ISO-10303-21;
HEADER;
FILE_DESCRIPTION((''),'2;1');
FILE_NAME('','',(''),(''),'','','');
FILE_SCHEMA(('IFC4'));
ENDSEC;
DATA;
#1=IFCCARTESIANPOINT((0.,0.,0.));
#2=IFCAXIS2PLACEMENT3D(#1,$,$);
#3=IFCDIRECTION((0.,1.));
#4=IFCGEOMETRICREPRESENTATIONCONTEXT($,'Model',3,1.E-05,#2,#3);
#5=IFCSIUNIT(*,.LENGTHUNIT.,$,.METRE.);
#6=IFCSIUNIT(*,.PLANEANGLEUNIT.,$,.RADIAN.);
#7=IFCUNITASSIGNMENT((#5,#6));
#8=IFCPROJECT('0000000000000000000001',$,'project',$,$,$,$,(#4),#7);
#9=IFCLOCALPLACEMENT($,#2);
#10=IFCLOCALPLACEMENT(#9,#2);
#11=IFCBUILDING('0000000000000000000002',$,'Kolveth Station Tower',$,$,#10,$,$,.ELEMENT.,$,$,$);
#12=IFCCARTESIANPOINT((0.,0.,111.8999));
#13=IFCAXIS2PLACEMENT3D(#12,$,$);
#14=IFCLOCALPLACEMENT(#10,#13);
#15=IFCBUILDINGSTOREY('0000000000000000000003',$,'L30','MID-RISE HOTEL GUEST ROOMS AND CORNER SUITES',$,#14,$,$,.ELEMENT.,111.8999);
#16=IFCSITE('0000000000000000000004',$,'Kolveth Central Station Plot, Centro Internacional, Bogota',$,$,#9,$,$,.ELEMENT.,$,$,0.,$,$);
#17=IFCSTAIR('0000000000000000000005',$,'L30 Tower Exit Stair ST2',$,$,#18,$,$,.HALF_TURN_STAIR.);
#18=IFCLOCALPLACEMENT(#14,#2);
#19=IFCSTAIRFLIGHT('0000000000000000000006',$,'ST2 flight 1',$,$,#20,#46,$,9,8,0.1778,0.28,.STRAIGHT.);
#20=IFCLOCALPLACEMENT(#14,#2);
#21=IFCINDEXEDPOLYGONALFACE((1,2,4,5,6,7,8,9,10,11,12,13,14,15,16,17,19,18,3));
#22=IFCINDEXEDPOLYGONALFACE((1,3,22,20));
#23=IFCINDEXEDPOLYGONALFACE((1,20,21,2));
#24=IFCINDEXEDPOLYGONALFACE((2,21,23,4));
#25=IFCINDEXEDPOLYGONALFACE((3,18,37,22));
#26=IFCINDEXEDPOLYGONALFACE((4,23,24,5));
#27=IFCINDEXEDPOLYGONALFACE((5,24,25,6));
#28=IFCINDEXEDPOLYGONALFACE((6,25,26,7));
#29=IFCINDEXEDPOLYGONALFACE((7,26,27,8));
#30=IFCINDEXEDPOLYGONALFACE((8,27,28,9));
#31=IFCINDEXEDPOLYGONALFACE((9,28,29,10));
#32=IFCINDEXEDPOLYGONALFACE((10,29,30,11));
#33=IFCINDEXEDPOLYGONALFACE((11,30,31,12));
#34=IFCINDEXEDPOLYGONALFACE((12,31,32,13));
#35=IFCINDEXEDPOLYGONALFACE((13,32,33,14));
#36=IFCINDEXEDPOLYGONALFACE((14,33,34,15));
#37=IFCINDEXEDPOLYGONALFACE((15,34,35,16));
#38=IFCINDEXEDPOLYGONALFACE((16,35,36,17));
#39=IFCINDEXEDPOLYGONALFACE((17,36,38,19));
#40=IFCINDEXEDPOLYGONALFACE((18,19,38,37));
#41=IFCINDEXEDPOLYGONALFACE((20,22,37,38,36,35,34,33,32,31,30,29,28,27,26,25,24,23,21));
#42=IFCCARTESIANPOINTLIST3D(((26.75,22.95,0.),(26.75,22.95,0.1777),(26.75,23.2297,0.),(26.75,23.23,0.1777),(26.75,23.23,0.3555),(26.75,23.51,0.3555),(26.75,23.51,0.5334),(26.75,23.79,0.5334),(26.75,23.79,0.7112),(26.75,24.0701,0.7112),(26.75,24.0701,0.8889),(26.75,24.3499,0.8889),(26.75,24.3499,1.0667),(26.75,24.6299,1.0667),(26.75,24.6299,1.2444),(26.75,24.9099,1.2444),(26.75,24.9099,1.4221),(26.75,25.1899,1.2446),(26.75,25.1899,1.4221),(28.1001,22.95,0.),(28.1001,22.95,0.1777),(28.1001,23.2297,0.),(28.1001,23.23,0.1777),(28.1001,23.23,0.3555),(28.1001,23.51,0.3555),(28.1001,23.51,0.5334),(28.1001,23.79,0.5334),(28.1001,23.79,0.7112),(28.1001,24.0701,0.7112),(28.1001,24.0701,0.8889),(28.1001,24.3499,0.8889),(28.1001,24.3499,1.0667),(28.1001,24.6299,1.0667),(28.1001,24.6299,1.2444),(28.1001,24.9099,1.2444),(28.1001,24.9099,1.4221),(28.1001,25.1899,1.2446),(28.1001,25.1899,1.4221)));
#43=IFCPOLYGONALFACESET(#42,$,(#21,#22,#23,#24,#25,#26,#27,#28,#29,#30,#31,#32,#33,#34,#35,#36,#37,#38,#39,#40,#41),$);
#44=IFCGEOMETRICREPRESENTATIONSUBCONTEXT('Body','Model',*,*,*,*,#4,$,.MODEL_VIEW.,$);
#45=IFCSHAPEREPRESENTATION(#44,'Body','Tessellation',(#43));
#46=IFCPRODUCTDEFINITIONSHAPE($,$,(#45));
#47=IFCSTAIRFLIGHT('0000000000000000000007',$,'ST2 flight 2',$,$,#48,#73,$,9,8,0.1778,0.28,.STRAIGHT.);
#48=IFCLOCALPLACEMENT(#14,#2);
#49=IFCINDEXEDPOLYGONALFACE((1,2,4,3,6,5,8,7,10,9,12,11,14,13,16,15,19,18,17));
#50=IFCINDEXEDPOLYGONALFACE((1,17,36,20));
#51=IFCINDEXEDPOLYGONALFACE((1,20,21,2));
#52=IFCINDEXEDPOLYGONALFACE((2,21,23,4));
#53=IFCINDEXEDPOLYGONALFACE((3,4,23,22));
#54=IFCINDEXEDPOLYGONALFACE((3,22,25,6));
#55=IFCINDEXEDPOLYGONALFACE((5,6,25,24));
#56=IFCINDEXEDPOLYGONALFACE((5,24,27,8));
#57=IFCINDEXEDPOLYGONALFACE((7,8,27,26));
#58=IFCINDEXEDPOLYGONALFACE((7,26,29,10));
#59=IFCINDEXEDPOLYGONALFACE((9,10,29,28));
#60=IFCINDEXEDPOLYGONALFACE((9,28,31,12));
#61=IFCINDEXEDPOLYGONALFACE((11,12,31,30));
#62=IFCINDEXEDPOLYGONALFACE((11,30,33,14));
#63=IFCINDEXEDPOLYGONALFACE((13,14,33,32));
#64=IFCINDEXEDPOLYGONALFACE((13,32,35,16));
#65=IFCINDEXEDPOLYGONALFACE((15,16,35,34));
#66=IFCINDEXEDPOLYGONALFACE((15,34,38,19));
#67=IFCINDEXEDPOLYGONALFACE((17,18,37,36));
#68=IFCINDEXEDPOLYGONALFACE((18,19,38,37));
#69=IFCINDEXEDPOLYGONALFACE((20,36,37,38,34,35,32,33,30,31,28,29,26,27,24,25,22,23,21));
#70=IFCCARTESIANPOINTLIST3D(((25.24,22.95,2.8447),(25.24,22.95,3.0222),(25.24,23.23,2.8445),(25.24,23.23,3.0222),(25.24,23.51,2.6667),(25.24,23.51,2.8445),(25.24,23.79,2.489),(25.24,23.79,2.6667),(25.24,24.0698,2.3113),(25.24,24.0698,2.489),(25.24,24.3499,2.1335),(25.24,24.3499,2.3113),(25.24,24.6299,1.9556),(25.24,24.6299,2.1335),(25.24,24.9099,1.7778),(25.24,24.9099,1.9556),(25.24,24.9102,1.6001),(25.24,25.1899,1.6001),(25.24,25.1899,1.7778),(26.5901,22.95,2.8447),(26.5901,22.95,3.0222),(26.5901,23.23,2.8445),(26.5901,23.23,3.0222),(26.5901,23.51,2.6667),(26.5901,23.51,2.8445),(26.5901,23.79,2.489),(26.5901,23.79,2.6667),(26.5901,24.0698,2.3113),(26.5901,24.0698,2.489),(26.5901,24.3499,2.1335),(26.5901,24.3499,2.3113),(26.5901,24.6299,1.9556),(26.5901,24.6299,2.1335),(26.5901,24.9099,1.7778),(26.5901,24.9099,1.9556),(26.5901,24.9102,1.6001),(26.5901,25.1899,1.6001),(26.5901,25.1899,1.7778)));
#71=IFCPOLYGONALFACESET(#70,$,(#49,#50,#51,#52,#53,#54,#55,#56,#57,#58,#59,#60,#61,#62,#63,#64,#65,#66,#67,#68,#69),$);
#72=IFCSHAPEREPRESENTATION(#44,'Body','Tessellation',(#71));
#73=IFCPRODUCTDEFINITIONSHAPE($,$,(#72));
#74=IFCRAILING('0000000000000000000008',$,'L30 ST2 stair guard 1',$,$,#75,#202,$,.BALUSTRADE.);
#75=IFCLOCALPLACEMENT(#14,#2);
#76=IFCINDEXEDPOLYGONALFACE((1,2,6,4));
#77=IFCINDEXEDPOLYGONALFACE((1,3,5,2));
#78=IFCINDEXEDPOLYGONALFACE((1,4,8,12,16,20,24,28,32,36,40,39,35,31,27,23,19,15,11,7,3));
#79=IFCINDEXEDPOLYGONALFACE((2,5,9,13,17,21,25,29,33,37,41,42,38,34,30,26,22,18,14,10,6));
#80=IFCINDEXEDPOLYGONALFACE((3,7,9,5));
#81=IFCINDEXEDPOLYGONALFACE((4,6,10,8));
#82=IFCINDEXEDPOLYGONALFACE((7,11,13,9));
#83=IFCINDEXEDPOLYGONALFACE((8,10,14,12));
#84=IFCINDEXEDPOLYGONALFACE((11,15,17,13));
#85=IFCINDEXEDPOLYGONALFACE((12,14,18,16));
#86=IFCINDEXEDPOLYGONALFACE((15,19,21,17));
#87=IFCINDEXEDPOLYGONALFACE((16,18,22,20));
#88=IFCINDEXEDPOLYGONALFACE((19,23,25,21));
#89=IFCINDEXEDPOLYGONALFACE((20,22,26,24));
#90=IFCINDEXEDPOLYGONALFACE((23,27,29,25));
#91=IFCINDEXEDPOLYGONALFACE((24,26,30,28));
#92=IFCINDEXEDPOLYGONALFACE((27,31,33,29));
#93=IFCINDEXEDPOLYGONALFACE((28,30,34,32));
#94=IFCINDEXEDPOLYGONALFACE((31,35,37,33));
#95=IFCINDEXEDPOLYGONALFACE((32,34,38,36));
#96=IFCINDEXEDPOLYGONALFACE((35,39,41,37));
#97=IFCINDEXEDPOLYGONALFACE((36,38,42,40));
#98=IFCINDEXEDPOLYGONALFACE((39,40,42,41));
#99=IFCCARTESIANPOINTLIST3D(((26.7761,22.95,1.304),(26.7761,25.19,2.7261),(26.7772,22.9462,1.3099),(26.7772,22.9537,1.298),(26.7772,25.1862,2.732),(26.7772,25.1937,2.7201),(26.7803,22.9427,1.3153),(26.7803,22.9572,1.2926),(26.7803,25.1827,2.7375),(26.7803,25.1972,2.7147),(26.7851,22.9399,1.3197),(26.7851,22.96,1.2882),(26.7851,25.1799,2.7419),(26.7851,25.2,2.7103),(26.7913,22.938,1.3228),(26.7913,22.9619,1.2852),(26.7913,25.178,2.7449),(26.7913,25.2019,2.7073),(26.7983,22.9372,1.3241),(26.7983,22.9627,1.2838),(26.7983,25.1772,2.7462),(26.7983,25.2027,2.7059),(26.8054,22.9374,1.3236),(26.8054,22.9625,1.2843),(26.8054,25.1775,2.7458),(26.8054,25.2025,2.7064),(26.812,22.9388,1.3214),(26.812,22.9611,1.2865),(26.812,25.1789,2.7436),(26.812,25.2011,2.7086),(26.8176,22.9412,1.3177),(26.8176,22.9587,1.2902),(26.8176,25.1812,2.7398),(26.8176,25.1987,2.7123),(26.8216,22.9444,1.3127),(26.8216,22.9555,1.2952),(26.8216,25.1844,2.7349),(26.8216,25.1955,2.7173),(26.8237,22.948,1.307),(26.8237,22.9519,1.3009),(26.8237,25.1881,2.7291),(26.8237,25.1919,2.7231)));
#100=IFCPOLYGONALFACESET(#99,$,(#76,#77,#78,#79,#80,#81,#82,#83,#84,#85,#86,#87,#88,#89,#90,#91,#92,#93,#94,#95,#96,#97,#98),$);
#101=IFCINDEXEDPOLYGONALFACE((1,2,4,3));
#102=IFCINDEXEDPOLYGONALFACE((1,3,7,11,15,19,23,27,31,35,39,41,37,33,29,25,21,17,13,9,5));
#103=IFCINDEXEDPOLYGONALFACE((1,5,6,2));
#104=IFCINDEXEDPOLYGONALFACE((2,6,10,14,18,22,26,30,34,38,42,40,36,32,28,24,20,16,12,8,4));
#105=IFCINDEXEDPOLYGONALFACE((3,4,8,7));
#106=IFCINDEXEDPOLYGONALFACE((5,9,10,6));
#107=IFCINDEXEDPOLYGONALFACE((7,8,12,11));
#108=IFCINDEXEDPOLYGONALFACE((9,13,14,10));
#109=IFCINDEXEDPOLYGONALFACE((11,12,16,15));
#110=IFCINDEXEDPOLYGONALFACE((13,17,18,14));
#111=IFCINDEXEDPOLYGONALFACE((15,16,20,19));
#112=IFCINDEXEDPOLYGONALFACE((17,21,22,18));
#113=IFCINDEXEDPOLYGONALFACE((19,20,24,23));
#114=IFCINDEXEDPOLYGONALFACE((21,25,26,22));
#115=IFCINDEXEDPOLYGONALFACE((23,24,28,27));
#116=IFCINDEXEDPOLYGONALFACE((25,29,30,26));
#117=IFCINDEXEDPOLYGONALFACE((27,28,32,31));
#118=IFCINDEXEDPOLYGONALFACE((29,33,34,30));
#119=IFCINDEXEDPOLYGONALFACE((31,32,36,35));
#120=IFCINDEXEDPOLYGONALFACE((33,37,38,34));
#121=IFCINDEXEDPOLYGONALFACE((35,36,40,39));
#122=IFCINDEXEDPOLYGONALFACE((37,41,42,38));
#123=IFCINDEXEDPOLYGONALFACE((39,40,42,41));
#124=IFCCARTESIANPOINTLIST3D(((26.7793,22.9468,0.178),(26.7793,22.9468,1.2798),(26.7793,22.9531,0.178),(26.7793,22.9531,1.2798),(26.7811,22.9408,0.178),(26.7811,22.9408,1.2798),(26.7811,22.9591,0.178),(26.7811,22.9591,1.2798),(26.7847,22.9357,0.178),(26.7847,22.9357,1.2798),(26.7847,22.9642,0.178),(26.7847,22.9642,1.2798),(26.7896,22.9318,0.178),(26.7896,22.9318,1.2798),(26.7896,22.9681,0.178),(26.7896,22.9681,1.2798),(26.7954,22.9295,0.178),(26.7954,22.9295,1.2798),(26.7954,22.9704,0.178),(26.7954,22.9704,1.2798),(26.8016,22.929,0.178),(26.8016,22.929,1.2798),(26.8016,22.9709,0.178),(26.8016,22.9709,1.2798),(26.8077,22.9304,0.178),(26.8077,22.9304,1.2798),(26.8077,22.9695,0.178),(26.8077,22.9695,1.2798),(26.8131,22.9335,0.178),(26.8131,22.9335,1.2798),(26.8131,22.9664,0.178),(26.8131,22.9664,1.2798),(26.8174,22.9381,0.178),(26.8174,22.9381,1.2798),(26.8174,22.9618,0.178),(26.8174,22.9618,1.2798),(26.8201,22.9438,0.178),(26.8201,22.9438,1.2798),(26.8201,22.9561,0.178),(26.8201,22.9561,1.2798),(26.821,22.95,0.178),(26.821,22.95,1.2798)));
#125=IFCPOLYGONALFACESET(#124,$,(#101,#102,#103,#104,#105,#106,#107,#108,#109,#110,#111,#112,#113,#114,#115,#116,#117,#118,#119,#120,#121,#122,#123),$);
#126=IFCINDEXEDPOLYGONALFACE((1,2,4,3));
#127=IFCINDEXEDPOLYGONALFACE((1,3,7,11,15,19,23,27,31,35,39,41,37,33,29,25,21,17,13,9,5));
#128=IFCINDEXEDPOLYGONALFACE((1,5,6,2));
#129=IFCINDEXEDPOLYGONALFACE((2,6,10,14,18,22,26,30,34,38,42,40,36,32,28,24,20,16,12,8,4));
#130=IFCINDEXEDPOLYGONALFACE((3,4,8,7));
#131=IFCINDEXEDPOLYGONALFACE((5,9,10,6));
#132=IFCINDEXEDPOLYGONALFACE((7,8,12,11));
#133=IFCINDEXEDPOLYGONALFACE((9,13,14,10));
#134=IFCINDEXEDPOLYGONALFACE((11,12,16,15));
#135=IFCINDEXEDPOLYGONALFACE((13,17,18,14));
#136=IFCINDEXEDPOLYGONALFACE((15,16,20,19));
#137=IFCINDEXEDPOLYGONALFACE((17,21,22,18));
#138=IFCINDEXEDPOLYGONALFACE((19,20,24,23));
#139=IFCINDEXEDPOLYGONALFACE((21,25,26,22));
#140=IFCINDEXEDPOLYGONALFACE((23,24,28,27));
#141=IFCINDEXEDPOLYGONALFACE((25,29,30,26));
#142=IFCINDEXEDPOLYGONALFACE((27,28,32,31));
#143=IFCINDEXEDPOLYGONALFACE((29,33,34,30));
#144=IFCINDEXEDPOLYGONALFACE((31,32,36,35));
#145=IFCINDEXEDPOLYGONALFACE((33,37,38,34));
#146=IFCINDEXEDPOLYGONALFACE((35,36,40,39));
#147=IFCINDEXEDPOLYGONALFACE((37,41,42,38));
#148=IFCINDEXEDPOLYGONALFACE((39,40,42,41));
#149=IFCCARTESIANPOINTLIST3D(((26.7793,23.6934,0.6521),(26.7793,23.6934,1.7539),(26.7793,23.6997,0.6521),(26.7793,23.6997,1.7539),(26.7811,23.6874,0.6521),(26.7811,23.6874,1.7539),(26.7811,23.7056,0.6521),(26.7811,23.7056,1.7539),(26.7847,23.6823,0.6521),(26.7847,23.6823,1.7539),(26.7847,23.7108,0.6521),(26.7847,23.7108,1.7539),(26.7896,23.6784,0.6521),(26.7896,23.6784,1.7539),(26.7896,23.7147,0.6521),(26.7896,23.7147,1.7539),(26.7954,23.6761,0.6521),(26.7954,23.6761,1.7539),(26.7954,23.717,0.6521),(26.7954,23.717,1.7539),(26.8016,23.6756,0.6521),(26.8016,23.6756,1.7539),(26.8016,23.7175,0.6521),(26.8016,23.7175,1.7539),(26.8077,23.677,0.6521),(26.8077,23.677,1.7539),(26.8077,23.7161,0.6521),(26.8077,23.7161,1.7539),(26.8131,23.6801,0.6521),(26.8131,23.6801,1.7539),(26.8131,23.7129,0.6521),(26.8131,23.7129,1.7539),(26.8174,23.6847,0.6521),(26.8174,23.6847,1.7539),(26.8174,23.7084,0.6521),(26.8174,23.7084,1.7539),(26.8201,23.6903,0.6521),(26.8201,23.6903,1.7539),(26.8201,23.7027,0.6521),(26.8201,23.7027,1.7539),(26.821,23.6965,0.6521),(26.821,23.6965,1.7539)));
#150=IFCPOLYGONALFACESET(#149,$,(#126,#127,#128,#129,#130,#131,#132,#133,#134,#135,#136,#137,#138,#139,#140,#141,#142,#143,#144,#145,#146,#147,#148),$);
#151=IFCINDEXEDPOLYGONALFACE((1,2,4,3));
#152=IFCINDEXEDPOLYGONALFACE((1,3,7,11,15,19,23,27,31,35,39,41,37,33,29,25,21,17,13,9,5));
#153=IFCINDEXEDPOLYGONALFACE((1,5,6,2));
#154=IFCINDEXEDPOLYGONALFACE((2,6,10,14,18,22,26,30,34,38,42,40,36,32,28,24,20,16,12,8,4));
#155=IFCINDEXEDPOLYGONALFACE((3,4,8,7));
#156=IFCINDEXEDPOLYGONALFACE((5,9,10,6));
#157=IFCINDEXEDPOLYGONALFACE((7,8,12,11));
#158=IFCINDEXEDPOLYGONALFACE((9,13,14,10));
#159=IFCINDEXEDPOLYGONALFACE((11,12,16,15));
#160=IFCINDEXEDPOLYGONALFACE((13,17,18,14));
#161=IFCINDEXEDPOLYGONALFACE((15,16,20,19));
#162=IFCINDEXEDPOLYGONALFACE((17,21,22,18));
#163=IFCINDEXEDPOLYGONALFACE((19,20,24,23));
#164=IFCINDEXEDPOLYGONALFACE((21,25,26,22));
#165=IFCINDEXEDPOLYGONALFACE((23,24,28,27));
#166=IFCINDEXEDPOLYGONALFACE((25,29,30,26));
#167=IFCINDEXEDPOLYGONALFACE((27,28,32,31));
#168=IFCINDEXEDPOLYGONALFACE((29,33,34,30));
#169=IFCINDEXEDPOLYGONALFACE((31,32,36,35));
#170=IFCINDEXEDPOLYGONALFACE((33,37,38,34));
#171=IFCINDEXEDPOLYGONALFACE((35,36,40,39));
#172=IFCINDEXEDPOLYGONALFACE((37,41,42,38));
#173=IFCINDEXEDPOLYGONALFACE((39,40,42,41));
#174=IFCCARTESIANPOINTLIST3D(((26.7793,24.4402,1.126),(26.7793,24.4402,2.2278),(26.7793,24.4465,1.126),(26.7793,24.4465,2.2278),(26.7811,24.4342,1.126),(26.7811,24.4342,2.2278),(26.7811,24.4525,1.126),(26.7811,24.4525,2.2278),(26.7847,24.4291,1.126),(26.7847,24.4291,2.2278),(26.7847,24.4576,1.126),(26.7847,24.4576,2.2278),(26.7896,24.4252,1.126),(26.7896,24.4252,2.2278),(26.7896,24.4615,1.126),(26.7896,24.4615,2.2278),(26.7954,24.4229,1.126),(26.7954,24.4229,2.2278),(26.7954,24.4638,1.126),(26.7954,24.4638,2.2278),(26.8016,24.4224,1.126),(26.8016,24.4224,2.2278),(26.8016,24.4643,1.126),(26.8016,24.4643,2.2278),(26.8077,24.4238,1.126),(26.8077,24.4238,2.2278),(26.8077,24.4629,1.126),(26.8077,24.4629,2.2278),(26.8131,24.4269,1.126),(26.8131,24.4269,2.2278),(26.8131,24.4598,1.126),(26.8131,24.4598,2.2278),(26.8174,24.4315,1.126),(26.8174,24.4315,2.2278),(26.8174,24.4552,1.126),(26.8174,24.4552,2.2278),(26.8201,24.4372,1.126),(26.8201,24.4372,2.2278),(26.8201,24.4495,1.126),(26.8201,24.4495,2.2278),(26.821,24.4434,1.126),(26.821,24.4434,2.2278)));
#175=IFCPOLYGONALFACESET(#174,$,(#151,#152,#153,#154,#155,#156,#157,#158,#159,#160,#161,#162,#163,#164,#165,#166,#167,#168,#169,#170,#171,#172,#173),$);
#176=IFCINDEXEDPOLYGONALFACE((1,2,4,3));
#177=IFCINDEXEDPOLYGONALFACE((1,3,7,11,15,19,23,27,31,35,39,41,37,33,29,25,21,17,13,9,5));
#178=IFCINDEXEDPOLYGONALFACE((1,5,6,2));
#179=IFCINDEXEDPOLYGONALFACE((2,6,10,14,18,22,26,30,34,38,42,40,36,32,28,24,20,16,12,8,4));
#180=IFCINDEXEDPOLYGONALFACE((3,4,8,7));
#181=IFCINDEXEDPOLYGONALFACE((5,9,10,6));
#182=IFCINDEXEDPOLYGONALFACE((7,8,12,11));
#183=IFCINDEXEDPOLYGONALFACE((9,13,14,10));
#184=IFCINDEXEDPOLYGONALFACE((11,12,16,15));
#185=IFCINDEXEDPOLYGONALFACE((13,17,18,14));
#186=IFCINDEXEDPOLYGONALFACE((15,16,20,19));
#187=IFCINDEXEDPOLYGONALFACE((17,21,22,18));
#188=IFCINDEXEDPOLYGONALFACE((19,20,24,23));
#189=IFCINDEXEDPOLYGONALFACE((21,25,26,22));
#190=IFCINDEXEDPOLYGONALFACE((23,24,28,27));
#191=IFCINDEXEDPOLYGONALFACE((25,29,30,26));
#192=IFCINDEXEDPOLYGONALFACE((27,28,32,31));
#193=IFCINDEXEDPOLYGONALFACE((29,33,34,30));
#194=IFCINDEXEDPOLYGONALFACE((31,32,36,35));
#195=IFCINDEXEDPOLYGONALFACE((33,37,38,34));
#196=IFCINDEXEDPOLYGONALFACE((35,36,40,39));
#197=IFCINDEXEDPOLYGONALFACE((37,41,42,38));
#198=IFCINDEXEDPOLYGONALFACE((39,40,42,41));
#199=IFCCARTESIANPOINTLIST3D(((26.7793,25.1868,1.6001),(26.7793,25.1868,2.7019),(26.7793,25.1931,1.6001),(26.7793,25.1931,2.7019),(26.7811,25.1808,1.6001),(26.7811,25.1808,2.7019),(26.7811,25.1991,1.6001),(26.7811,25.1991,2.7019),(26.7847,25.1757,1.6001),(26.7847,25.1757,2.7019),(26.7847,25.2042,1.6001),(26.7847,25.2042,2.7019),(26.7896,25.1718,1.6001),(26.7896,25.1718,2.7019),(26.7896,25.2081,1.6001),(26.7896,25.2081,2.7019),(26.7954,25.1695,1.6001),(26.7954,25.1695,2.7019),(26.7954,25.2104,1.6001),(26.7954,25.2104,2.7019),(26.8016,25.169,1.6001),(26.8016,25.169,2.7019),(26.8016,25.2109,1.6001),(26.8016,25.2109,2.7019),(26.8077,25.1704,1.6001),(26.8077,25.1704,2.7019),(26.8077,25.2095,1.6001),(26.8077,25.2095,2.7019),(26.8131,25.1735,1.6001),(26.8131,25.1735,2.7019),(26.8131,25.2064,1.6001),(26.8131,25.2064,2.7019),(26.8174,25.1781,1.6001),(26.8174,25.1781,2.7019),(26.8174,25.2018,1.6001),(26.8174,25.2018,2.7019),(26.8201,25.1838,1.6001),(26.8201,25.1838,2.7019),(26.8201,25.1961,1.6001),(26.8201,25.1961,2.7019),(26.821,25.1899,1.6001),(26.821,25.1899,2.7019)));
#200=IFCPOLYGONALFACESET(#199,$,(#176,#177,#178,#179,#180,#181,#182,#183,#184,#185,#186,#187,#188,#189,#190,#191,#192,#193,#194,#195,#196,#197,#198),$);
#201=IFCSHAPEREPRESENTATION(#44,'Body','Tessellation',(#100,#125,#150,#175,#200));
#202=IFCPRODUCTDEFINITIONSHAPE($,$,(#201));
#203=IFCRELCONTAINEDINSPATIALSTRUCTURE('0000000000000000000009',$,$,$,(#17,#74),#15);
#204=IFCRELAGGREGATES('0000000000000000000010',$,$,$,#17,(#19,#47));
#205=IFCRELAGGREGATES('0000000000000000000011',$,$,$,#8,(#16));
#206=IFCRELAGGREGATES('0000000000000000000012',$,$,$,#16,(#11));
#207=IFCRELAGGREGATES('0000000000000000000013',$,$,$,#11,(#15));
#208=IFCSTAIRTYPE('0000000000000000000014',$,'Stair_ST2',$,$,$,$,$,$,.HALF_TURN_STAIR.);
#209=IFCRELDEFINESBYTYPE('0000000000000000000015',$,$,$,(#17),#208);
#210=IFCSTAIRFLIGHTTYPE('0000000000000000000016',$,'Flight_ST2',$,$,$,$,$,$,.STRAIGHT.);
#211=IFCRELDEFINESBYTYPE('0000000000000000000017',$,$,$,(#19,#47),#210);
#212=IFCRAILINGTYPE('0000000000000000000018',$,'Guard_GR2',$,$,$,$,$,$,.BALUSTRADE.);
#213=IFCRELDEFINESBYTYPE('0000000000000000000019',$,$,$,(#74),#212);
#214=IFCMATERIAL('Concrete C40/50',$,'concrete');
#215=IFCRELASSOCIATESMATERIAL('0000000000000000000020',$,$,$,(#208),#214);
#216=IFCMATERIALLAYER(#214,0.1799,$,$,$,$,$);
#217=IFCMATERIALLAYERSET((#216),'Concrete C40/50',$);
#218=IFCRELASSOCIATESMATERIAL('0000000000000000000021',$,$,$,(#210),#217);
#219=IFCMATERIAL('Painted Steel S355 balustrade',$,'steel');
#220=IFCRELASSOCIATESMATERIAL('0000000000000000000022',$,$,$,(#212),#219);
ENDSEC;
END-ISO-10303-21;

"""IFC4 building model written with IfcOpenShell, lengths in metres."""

from ifc_helpers import new_model, si_unit, direction, frame, origin, origin_2d, place, context, subcontext, project, spatial, polyline, circle, outline, extrude, material, layer, layer_set, type_object, element, aggregate, save


model = new_model("IFC4")

# Units and contexts
model_context = context("Model", 3, precision=1e-05, world=origin(), true_north=direction((0.0, 1.0)))
body_context = subcontext(model_context, "Body", "Model", "MODEL_VIEW")
ifc_project = project(units=[si_unit("LENGTHUNIT", "METRE"), si_unit("PLANEANGLEUNIT", "RADIAN")], contexts=[model_context])

# Site, building, storey
site_placement = place(None, origin())
site = spatial("IfcSite", under=ifc_project, at=site_placement, Name="Kolveth Central Station Plot, Centro Internacional, Bogota", CompositionType="ELEMENT", RefElevation=0.0)
building_placement = place(site_placement, origin())
building = spatial("IfcBuilding", under=site, at=building_placement, Name="Kolveth Station Tower", CompositionType="ELEMENT")
storey_placement = place(building_placement, frame((0.0, 0.0, 111.8999)))
storey = spatial("IfcBuildingStorey", under=building, at=storey_placement, Name="L30", Description="MID-RISE HOTEL GUEST ROOMS AND CORNER SUITES", CompositionType="ELEMENT", Elevation=111.8999)

# Shared definitions
ifc_material_1 = material(Name="Concrete C40/50", Category="concrete")

# Stair, stair flights
stair_type = type_object("IfcStairType", Name="Stair_ST2", PredefinedType="HALF_TURN_STAIR", material=ifc_material_1)
stair_placement = place(storey_placement, origin())
stair = element("IfcStair", 1, at=stair_placement, inside=storey, type_object=stair_type, Name="L30 Tower Exit Stair ST2", PredefinedType="HALF_TURN_STAIR")
ifc_layer_1 = layer(ifc_material_1, 0.1799)
ifc_layer_set_1 = layer_set([ifc_layer_1], Name="Concrete C40/50")
stair_flight_type = type_object("IfcStairFlightType", Name="Flight_ST2", PredefinedType="STRAIGHT", material=ifc_layer_set_1)
stair_flight_1_placement = place(storey_placement, frame((27.425, 22.95, 0.0), z_axis=(0.0, 0.0, 1.0), x_axis=(0.0, 1.0, 0.0)))
stair_flight_1 = element("IfcStairFlight", 2, at=stair_flight_1_placement, type_object=stair_flight_type, Name="ST2 flight 1", NumberOfRisers=9, NumberOfTreads=8, PredefinedType="STRAIGHT", RiserHeight=0.1778, TreadLength=0.28, context=body_context, shape_type="SweptSolid", body=[
    extrude(outline(polyline([(0.0, 0.0), (0.0, 0.1777), (0.28, 0.1777), (0.28, 0.3555), (0.5601, 0.3555), (0.5601, 0.5334), (0.8401, 0.5334), (0.8401, 0.7112), (1.1201, 0.7112), (1.1201, 0.8889), (1.3999, 0.8889), (1.3999, 1.0667), (1.6799, 1.0667), (1.6799, 1.2444), (1.96, 1.2444), (1.96, 1.4221), (2.24, 1.4221), (2.24, 1.6001), (2.24, 1.2446), (0.2798, 0.0), (0.0, 0.0)])), frame((0.0, 0.675, 0.0), z_axis=(0.0, -1.0, 0.0), x_axis=(1.0, 0.0, 0.0)), (0.0, 0.0, 1.0), 1.3501),
])
stair_flight_2_placement = place(storey_placement, frame((25.915, 25.1899, 1.6001), z_axis=(0.0, 0.0, 1.0), x_axis=(0.0, -1.0, 0.0)))
stair_flight_2 = element("IfcStairFlight", 3, at=stair_flight_2_placement, type_object=stair_flight_type, Name="ST2 flight 2", NumberOfRisers=9, NumberOfTreads=8, PredefinedType="STRAIGHT", RiserHeight=0.1778, TreadLength=0.28, context=body_context, shape_type="SweptSolid", body=[
    extrude(outline(polyline([(0.0, 0.0), (0.0, 0.1777), (0.28, 0.1777), (0.28, 0.3555), (0.5601, 0.3555), (0.5601, 0.5334), (0.8401, 0.5334), (0.8401, 0.7112), (1.1201, 0.7112), (1.1201, 0.8889), (1.3999, 0.8889), (1.3999, 1.0667), (1.6799, 1.0667), (1.6799, 1.2444), (1.96, 1.2444), (1.96, 1.4221), (2.24, 1.4221), (2.24, 1.6001), (2.24, 1.2446), (0.2798, 0.0), (0.0, 0.0)])), frame((0.0, 0.675, 0.0), z_axis=(0.0, -1.0, 0.0), x_axis=(1.0, 0.0, 0.0)), (0.0, 0.0, 1.0), 1.3501),
])
aggregate(stair, [stair_flight_1, stair_flight_2])

# Railing
ifc_material_2 = material(Name="Painted Steel S355 balustrade", Category="steel")
railing_type_1 = type_object("IfcRailingType", Name="Guard_GR2", PredefinedType="BALUSTRADE", material=ifc_material_2)
railing_1_placement = place(storey_placement, frame((26.8, 22.95, 0.178)))
element("IfcRailing", 4, at=railing_1_placement, inside=storey, type_object=railing_type_1, Name="L30 ST2 stair guard 1", PredefinedType="BALUSTRADE", context=body_context, shape_type="SweptSolid", body=[
    extrude(circle(Radius=0.0239, at=origin_2d()), frame((0.0, 0.0, 1.126), z_axis=(0.0, 0.844229, 0.535982), x_axis=(-1.0, 0.0, 0.0)), (0.0, 0.0, 1.0), 2.6533),
    extrude(circle(Radius=0.021, at=origin_2d()), origin(), (0.0, 0.0, 1.0), 1.1018),
    extrude(circle(Radius=0.021, at=origin_2d()), frame((0.0, 0.7466, 0.4741)), (0.0, 0.0, 1.0), 1.1018),
    extrude(circle(Radius=0.021, at=origin_2d()), frame((0.0, 1.4934, 0.948)), (0.0, 0.0, 1.0), 1.1018),
    extrude(circle(Radius=0.021, at=origin_2d()), frame((0.0, 2.24, 1.4221)), (0.0, 0.0, 1.0), 1.1018),
])

save(model, "model.ifc")
